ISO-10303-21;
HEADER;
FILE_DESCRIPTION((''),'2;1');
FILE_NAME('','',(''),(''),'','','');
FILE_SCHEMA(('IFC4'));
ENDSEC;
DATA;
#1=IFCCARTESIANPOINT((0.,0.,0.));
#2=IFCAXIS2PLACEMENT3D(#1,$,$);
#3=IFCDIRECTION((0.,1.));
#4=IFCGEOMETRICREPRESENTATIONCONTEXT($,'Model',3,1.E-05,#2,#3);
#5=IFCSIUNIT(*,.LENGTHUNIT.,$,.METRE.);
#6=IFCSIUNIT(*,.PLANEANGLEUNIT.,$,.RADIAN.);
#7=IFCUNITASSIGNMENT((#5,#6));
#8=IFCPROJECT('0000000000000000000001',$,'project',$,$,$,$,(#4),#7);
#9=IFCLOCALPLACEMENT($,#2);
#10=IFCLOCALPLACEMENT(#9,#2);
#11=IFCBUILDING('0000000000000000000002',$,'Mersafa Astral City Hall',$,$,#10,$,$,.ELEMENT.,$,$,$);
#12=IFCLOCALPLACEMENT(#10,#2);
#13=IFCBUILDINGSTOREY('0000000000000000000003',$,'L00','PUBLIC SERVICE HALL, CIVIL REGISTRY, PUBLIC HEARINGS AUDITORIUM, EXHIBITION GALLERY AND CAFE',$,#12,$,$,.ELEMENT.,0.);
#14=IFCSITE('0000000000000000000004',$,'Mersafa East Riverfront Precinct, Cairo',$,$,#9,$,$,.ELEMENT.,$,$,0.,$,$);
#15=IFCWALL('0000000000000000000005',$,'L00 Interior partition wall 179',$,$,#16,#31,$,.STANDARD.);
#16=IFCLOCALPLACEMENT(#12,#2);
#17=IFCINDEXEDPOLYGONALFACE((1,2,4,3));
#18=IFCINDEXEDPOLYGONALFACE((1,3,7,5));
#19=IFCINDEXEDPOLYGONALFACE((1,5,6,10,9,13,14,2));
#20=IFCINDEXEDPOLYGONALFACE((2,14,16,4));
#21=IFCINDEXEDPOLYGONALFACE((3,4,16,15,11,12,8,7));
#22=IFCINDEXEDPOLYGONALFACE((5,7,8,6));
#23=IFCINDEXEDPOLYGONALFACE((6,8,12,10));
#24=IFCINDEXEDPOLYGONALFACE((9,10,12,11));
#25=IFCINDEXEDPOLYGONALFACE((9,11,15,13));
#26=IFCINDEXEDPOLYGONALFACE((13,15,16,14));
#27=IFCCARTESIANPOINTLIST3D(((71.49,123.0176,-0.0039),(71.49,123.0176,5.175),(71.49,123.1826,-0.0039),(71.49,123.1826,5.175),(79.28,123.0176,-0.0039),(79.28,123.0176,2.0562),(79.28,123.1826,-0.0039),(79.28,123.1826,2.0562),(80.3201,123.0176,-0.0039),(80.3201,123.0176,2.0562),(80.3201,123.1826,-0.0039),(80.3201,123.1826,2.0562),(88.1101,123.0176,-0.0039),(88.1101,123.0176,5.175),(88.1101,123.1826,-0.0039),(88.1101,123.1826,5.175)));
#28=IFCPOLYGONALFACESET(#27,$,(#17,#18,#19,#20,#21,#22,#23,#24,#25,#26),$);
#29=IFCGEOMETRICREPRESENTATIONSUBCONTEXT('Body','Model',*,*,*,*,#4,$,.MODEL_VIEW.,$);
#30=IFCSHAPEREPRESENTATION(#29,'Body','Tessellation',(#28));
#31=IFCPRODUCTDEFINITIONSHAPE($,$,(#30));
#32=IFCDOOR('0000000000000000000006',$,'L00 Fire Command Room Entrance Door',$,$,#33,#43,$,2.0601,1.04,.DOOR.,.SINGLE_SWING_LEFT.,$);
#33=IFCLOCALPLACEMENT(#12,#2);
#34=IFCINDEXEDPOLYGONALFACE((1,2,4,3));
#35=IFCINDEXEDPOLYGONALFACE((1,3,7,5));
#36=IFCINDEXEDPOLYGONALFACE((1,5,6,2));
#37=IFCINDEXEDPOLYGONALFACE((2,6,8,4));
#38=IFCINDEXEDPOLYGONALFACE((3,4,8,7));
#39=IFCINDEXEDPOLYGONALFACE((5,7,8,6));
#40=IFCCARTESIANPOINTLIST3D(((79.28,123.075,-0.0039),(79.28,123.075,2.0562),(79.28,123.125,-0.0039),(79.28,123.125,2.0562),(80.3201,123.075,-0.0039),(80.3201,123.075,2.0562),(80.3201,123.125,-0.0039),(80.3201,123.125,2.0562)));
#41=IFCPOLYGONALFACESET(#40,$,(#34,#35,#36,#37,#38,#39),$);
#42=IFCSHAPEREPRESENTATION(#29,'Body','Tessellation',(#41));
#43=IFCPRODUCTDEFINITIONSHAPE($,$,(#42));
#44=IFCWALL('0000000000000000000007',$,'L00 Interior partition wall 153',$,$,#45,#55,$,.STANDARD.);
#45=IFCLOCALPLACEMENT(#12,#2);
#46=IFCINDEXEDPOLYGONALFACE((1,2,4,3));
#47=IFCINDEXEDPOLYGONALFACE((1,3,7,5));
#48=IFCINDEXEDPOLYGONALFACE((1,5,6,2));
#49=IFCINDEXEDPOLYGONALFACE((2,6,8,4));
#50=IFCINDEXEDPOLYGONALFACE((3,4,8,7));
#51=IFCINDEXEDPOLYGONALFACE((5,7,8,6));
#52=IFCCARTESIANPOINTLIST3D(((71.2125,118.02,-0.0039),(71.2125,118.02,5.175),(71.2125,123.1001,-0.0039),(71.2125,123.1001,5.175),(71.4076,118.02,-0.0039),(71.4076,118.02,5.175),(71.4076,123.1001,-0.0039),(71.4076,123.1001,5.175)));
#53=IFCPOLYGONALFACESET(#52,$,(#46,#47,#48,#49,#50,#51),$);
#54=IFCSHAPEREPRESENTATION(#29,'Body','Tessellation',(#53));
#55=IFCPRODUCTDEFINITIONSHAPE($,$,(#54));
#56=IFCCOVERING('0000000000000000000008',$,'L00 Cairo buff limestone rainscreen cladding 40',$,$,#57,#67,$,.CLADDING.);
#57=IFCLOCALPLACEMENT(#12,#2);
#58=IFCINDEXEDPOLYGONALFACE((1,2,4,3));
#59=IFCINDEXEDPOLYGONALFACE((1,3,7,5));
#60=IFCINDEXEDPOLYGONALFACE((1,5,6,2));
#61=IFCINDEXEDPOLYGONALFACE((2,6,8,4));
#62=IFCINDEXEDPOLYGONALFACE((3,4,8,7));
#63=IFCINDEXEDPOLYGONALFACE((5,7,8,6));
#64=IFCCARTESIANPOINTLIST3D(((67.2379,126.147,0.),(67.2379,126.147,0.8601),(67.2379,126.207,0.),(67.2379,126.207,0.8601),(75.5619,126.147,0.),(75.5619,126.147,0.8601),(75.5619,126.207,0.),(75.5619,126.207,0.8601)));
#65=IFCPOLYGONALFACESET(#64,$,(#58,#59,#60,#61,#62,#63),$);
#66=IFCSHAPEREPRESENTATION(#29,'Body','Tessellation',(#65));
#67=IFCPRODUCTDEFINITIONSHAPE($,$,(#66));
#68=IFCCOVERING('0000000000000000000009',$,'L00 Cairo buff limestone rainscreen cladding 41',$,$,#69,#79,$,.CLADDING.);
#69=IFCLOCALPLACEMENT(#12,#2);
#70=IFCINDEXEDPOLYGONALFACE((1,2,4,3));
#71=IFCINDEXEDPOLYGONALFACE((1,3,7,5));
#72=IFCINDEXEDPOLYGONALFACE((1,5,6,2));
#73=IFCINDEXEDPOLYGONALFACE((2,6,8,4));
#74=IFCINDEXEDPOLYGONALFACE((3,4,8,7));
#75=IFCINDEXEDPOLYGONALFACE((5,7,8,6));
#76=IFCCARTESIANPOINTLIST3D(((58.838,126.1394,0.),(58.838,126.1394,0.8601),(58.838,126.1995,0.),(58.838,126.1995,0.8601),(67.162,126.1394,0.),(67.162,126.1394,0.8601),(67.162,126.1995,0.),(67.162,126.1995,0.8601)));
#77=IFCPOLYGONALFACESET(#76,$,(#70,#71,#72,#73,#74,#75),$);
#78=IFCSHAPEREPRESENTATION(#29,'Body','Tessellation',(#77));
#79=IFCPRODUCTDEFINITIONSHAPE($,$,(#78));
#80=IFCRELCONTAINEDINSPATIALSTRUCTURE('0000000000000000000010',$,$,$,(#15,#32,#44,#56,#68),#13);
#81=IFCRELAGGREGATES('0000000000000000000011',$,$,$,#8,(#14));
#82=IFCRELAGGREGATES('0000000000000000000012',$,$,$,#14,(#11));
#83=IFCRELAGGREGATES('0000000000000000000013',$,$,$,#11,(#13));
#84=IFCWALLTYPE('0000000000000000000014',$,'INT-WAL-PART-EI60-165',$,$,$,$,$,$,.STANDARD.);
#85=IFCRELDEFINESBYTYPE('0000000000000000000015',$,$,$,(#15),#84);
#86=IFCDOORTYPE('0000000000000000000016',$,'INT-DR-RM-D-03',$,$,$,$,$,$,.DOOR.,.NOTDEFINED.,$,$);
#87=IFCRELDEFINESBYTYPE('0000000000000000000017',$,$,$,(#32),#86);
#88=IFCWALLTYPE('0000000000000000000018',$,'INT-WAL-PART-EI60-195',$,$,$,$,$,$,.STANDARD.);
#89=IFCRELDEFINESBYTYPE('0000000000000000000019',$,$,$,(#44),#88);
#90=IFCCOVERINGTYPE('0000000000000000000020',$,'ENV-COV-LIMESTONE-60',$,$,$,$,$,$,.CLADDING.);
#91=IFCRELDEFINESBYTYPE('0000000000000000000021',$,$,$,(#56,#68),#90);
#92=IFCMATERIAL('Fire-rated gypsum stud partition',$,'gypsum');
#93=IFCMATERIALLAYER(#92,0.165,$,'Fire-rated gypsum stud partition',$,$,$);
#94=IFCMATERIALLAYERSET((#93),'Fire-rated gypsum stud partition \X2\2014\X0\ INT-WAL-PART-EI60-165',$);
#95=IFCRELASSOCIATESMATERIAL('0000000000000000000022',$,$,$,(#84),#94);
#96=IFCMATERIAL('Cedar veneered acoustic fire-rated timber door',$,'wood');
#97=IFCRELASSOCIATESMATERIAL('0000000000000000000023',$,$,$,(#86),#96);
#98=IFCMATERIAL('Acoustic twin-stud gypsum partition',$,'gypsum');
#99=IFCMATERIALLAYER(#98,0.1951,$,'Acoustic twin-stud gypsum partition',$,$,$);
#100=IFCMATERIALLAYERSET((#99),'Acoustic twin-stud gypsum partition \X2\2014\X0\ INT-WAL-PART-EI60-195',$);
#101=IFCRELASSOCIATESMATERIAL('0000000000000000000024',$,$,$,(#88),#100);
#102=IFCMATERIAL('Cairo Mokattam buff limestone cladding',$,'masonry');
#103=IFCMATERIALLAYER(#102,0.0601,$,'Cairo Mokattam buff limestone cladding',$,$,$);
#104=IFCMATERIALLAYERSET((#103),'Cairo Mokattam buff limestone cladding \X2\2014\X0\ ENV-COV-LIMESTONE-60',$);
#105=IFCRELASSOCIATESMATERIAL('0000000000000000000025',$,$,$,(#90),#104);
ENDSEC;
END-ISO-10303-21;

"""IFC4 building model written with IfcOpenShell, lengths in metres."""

from ifc_helpers import new_model, si_unit, direction, frame, frame_2d, origin, origin_2d, place, context, subcontext, project, spatial, rectangle, extrude, material, layer, layer_set, type_object, element, fill, save


model = new_model("IFC4")

# Units and contexts
model_context = context("Model", 3, precision=1e-05, world=origin(), true_north=direction((0.0, 1.0)))
body_context = subcontext(model_context, "Body", "Model", "MODEL_VIEW")
ifc_project = project(units=[si_unit("LENGTHUNIT", "METRE"), si_unit("PLANEANGLEUNIT", "RADIAN")], contexts=[model_context])

# Site, building, storey
site_placement = place(None, origin())
site = spatial("IfcSite", under=ifc_project, at=site_placement, Name="Mersafa East Riverfront Precinct, Cairo", CompositionType="ELEMENT", RefElevation=0.0)
building_placement = place(site_placement, origin())
building = spatial("IfcBuilding", under=site, at=building_placement, Name="Mersafa Astral City Hall", CompositionType="ELEMENT")
storey_placement = place(building_placement, origin())
storey = spatial("IfcBuildingStorey", under=building, at=storey_placement, Name="L00", Description="PUBLIC SERVICE HALL, CIVIL REGISTRY, PUBLIC HEARINGS AUDITORIUM, EXHIBITION GALLERY AND CAFE", CompositionType="ELEMENT", Elevation=0.0)

# Wall, opening, door
ifc_material_1 = material(Name="Fire-rated gypsum stud partition", Category="gypsum")
ifc_layer_1 = layer(ifc_material_1, 0.165, Name="Fire-rated gypsum stud partition")
ifc_layer_set_1 = layer_set([ifc_layer_1], Name="Fire-rated gypsum stud partition — INT-WAL-PART-EI60-165")
wall_type_1 = type_object("IfcWallType", Name="INT-WAL-PART-EI60-165", PredefinedType="STANDARD", material=ifc_layer_set_1)
wall_1_placement = place(storey_placement, frame((71.49, 123.1001, -0.0039), z_axis=(0.0, 0.0, 1.0), x_axis=(1.0, 0.0, 0.0)))
wall_1 = element("IfcWall", 1, at=wall_1_placement, inside=storey, type_object=wall_type_1, Name="L00 Interior partition wall 179", PredefinedType="STANDARD", context=body_context, shape_type="SweptSolid", body=[
    extrude(rectangle(XDim=16.6201, YDim=0.165, at=frame_2d((8.3101, 0.0))), origin(), (0.0, 0.0, 1.0), 5.179),
])
opening_placement = place(wall_1_placement, frame((7.79, 0.0, 0.0)))
opening = element("IfcOpeningElement", 2, at=opening_placement, cuts=wall_1, PredefinedType="OPENING", context=body_context, shape_type="SweptSolid", body=[
    extrude(rectangle(XDim=1.04, YDim=2.0601, at=frame_2d((0.52, 1.03))), frame((0.0, 0.0925, 0.0), z_axis=(0.0, -1.0, 0.0), x_axis=(1.0, 0.0, 0.0)), (0.0, 0.0, 1.0), 0.1851),
])
ifc_material_2 = material(Name="Cedar veneered acoustic fire-rated timber door", Category="wood")
door_type = type_object("IfcDoorType", Name="INT-DR-RM-D-03", OperationType="NOTDEFINED", PredefinedType="DOOR", material=ifc_material_2)
door_placement = place(opening_placement, origin())
door = element("IfcDoor", 3, at=door_placement, inside=storey, type_object=door_type, Name="L00 Fire Command Room Entrance Door", OperationType="SINGLE_SWING_LEFT", OverallHeight=2.0601, OverallWidth=1.04, PredefinedType="DOOR", context=body_context, shape_type="SweptSolid", body=[
    extrude(rectangle(XDim=1.04, YDim=2.0601, at=frame_2d((0.52, 1.03))), frame((0.0, 0.0249, 0.0), z_axis=(0.0, -1.0, 0.0), x_axis=(1.0, 0.0, 0.0)), (0.0, 0.0, 1.0), 0.05),
])
fill(opening, door)

# Wall
ifc_material_3 = material(Name="Acoustic twin-stud gypsum partition", Category="gypsum")
ifc_layer_2 = layer(ifc_material_3, 0.1951, Name="Acoustic twin-stud gypsum partition")
ifc_layer_set_2 = layer_set([ifc_layer_2], Name="Acoustic twin-stud gypsum partition — INT-WAL-PART-EI60-195")
wall_type_2 = type_object("IfcWallType", Name="INT-WAL-PART-EI60-195", PredefinedType="STANDARD", material=ifc_layer_set_2)
wall_2_placement = place(storey_placement, frame((71.3101, 123.1001, -0.0039), z_axis=(0.0, 0.0, 1.0), x_axis=(0.0, -1.0, 0.0)))
element("IfcWall", 4, at=wall_2_placement, inside=storey, type_object=wall_type_2, Name="L00 Interior partition wall 153", PredefinedType="STANDARD", context=body_context, shape_type="SweptSolid", body=[
    extrude(rectangle(XDim=5.0801, YDim=0.1951, at=frame_2d((2.54, 0.0))), origin(), (0.0, 0.0, 1.0), 5.179),
])

# Coverings
ifc_material_4 = material(Name="Cairo Mokattam buff limestone cladding", Category="masonry")
ifc_layer_3 = layer(ifc_material_4, 0.0601, Name="Cairo Mokattam buff limestone cladding")
ifc_layer_set_3 = layer_set([ifc_layer_3], Name="Cairo Mokattam buff limestone cladding — ENV-COV-LIMESTONE-60")
covering_type = type_object("IfcCoveringType", Name="ENV-COV-LIMESTONE-60", PredefinedType="CLADDING", material=ifc_layer_set_3)
for number, where, z_axis, x_axis, name in (
    (5, (71.3999, 126.177, 0.0), (0.0, 0.0, 1.0), (-1.0, 0.0, 0.0), "L00 Cairo buff limestone rainscreen cladding 40"),
    (6, (63.0, 126.1694, 0.0), (0.0, 0.0, 1.0), (-1.0, 0.0, 0.0), "L00 Cairo buff limestone rainscreen cladding 41"),
):
    element("IfcCovering", number, at=place(storey_placement, frame(where, z_axis=z_axis, x_axis=x_axis)), inside=storey, type_object=covering_type, Name=name, PredefinedType="CLADDING", context=body_context, shape_type="SweptSolid", body=[
        extrude(rectangle(XDim=8.324, YDim=0.0601, at=origin_2d()), origin(), (0.0, 0.0, 1.0), 0.8601),
    ])

save(model, "model.ifc")
